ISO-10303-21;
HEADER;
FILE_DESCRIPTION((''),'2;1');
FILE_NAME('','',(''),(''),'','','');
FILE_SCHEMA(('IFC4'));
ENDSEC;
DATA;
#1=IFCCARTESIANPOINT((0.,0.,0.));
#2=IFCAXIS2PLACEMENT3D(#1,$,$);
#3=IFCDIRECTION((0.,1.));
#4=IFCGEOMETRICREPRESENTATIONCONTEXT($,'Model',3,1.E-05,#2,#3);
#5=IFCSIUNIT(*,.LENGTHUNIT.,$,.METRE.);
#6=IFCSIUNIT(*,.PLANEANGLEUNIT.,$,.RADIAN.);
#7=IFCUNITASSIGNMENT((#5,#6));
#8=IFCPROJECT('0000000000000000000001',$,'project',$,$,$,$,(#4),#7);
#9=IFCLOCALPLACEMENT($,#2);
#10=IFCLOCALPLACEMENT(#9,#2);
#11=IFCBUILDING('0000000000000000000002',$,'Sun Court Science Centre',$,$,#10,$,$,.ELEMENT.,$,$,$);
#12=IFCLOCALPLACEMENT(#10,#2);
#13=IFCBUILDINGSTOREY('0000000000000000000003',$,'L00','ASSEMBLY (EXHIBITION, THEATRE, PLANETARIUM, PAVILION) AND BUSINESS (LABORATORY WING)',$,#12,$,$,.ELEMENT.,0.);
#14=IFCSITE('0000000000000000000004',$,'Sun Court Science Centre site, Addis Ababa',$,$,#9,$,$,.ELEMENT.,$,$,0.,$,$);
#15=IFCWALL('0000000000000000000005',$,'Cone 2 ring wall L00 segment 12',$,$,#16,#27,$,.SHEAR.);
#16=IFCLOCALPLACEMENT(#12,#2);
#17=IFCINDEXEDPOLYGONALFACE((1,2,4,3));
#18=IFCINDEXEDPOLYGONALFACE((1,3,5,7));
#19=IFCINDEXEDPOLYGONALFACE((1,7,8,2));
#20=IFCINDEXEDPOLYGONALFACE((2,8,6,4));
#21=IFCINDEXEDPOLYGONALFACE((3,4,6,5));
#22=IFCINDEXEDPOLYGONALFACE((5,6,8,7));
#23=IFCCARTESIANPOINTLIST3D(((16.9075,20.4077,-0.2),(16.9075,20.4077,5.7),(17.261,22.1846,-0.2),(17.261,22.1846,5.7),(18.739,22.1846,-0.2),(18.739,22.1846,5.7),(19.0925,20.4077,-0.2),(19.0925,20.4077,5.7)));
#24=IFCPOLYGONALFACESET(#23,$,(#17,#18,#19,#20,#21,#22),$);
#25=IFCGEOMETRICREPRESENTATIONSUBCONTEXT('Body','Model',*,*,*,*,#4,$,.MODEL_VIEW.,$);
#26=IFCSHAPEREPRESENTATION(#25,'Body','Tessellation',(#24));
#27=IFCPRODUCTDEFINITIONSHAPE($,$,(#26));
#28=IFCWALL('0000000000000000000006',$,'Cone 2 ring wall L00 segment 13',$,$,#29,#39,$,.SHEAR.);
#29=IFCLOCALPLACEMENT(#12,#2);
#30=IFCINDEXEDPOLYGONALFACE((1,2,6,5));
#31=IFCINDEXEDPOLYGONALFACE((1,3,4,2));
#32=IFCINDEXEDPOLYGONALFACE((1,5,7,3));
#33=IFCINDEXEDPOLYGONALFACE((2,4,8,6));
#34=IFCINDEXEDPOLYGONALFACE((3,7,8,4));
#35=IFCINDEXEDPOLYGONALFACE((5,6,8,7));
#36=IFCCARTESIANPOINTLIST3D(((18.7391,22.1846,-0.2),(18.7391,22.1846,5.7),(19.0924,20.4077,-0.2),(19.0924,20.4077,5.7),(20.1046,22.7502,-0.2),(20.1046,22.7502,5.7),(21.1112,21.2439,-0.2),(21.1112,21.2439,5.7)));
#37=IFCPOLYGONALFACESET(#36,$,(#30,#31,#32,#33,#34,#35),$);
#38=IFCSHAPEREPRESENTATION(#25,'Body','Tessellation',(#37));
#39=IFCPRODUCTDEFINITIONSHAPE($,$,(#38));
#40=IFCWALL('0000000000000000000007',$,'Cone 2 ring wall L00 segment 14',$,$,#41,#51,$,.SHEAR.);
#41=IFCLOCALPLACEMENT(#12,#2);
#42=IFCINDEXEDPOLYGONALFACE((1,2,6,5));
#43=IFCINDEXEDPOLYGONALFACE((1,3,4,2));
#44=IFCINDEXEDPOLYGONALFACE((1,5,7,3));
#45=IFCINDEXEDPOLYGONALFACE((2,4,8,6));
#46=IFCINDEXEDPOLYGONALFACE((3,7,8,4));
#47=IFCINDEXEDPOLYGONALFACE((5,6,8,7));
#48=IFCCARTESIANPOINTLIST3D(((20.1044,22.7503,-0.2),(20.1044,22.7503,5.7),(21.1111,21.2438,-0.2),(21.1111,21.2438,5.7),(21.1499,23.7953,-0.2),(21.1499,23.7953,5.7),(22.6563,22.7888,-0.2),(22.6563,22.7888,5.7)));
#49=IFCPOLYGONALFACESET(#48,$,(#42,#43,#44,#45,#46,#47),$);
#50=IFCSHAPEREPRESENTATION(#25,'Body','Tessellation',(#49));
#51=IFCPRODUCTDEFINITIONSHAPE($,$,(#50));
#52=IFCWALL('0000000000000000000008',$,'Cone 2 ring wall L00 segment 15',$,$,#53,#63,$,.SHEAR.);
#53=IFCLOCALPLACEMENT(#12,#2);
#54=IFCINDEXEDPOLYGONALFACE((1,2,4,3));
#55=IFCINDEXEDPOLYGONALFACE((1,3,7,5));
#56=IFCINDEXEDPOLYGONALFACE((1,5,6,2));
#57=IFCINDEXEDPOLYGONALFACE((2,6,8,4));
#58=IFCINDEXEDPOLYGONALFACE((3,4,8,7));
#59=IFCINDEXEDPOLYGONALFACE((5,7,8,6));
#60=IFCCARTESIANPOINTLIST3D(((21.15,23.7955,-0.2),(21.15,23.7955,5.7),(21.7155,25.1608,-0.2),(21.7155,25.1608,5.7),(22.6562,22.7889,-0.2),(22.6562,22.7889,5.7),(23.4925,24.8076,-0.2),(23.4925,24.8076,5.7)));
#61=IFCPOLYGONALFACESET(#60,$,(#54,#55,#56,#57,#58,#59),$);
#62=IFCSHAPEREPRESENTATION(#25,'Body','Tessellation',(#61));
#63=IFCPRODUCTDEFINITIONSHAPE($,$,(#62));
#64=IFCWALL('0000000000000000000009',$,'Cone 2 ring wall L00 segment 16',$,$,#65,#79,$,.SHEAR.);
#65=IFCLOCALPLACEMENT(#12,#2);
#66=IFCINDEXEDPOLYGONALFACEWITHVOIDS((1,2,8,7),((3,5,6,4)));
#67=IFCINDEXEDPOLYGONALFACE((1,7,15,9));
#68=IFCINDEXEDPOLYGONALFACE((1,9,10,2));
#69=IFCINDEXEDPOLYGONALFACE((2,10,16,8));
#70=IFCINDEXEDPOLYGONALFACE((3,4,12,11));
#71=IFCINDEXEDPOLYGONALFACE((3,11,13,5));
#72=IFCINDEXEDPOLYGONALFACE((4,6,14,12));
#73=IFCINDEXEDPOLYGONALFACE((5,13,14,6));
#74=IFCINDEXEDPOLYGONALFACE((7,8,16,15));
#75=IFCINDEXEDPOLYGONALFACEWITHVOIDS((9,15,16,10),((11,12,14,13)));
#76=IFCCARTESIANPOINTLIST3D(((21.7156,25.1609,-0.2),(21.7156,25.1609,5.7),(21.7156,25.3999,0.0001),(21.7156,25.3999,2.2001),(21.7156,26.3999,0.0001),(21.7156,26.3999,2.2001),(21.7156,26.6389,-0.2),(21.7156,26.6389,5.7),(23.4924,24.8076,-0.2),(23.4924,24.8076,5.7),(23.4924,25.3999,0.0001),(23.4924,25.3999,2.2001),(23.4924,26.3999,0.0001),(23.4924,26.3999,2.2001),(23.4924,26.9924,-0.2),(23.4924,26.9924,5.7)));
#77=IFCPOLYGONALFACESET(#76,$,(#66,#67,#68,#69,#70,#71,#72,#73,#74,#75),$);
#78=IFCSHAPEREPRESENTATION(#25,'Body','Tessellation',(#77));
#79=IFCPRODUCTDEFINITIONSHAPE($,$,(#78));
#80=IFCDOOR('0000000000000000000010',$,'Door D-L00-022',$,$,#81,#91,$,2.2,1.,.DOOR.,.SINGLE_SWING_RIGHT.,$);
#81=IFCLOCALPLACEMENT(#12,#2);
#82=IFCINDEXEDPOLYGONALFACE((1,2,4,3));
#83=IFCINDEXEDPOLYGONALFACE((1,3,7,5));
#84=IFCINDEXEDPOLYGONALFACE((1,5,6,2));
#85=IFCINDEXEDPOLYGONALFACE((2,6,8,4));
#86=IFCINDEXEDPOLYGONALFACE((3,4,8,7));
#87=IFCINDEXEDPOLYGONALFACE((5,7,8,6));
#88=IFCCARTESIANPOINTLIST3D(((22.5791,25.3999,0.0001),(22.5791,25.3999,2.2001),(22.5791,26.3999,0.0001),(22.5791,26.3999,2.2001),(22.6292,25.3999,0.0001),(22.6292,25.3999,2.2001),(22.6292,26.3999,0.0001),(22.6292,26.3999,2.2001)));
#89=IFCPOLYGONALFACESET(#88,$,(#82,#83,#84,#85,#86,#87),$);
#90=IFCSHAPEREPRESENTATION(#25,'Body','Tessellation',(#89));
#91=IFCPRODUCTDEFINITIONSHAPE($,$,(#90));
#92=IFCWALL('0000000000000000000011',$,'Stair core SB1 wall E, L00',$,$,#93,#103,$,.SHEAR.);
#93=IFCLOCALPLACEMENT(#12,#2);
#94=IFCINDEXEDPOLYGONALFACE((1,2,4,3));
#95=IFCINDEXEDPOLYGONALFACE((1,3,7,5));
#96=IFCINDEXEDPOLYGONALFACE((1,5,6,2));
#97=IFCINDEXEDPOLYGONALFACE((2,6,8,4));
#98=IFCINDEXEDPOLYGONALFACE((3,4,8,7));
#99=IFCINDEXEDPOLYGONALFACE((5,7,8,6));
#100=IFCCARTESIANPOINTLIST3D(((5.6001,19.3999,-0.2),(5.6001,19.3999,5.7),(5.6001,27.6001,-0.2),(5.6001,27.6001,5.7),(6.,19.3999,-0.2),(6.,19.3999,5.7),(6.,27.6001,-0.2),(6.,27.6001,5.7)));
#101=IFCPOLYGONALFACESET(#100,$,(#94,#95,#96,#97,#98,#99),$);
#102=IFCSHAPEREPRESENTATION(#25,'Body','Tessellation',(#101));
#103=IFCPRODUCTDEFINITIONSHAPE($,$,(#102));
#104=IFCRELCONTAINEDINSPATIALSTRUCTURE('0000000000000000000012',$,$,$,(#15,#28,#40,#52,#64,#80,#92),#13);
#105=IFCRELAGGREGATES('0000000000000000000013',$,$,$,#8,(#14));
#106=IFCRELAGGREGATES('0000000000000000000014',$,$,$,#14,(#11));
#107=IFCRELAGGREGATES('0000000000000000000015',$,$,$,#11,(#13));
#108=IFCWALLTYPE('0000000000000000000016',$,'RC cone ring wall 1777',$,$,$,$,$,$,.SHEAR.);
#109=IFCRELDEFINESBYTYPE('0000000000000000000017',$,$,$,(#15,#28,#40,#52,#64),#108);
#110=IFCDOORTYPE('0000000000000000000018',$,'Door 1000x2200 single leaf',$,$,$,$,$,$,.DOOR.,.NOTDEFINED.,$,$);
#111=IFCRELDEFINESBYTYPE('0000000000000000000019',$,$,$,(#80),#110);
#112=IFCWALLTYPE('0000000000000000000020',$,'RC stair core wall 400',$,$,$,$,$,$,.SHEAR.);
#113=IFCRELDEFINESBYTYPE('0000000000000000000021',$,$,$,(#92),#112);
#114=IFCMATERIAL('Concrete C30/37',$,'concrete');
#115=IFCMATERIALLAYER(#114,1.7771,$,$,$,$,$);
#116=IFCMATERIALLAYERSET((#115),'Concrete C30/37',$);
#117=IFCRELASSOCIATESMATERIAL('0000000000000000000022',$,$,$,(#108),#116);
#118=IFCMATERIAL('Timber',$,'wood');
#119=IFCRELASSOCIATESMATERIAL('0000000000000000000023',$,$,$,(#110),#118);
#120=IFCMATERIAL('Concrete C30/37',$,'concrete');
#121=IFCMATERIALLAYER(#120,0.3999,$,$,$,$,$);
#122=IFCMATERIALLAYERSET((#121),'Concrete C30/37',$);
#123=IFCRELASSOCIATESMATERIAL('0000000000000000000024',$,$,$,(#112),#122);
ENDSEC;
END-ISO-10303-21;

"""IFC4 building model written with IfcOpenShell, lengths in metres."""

from ifc_helpers import new_model, si_unit, direction, frame, frame_2d, origin, place, context, subcontext, project, spatial, polyline, rectangle, outline, extrude, material, layer, layer_set, type_object, element, fill, save


model = new_model("IFC4")

# Units and contexts
model_context = context("Model", 3, precision=1e-05, world=origin(), true_north=direction((0.0, 1.0)))
body_context = subcontext(model_context, "Body", "Model", "MODEL_VIEW")
ifc_project = project(units=[si_unit("LENGTHUNIT", "METRE"), si_unit("PLANEANGLEUNIT", "RADIAN")], contexts=[model_context])

# Site, building, storey
site_placement = place(None, origin())
site = spatial("IfcSite", under=ifc_project, at=site_placement, Name="Sun Court Science Centre site, Addis Ababa", CompositionType="ELEMENT", RefElevation=0.0)
building_placement = place(site_placement, origin())
building = spatial("IfcBuilding", under=site, at=building_placement, Name="Sun Court Science Centre", CompositionType="ELEMENT")
storey_placement = place(building_placement, origin())
storey = spatial("IfcBuildingStorey", under=building, at=storey_placement, Name="L00", Description="ASSEMBLY (EXHIBITION, THEATRE, PLANETARIUM, PAVILION) AND BUSINESS (LABORATORY WING)", CompositionType="ELEMENT", Elevation=0.0)

# Walls
ifc_material_1 = material(Name="Concrete C30/37", Category="concrete")
ifc_layer_1 = layer(ifc_material_1, 1.7771)
ifc_layer_set_1 = layer_set([ifc_layer_1], Name="Concrete C30/37")
wall_type_1 = type_object("IfcWallType", Name="RC cone ring wall 1777", PredefinedType="SHEAR", material=ifc_layer_set_1)
for number, where, z_axis, x_axis, name in (
    (1, (16.9075, 21.2961, -0.2), (0.0, 0.0, 1.0), (1.0, 0.0, 0.0), "Cone 2 ring wall L00 segment 12"),
    (2, (18.7524, 21.2285, -0.2), (0.0, 0.0, 1.0), (0.923885, 0.382671, 0.0), "Cone 2 ring wall L00 segment 13"),
):
    element("IfcWall", number, at=place(storey_placement, frame(where, z_axis=z_axis, x_axis=x_axis)), inside=storey, type_object=wall_type_1, Name=name, PredefinedType="SHEAR", context=body_context, shape_type="SweptSolid", body=[
        extrude(outline(polyline([(0.0, -0.8884), (2.1851, -0.8884), (1.8315, 0.8884), (0.3535, 0.8884), (0.0, -0.8884)])), origin(), (0.0, 0.0, 1.0), 5.8999),
    ])
wall_1_placement = place(storey_placement, frame((20.4829, 21.8721, -0.2), z_axis=(0.0, 0.0, 1.0), x_axis=(0.707163, 0.707051, 0.0)))
element("IfcWall", 3, at=wall_1_placement, inside=storey, type_object=wall_type_1, Name="Cone 2 ring wall L00 segment 14", PredefinedType="SHEAR", context=body_context, shape_type="SweptSolid", body=[
    extrude(outline(polyline([(0.0, -0.8884), (2.1851, -0.8884), (1.8315, 0.8884), (0.3533, 0.8887), (0.0, -0.8884)])), origin(), (0.0, 0.0, 1.0), 5.8999),
])
wall_2_placement = place(storey_placement, frame((21.8354, 23.1289, -0.2), z_axis=(0.0, 0.0, 1.0), x_axis=(0.38271, 0.923868, 0.0)))
element("IfcWall", 4, at=wall_2_placement, inside=storey, type_object=wall_type_1, Name="Cone 2 ring wall L00 segment 15", PredefinedType="SHEAR", context=body_context, shape_type="SweptSolid", body=[
    extrude(outline(polyline([(0.0, -0.8884), (2.1851, -0.8884), (1.8313, 0.8884), (0.3535, 0.8884), (0.0, -0.8884)])), origin(), (0.0, 0.0, 1.0), 5.8999),
])

# Wall, opening, door
wall_3_placement = place(storey_placement, frame((22.604, 24.8074, -0.2), z_axis=(0.0, 0.0, 1.0), x_axis=(0.0, 1.0, 0.0)))
wall_3 = element("IfcWall", 5, at=wall_3_placement, inside=storey, type_object=wall_type_1, Name="Cone 2 ring wall L00 segment 16", PredefinedType="SHEAR", context=body_context, shape_type="SweptSolid", body=[
    extrude(outline(polyline([(0.0002, -0.8884), (2.1851, -0.8884), (1.8315, 0.8884), (0.3535, 0.8884), (0.0002, -0.8884)])), origin(), (0.0, 0.0, 1.0), 5.8999),
])
opening_1_placement = place(wall_3_placement, frame((0.5925, 0.0, 0.2)))
opening_1 = element("IfcOpeningElement", 6, at=opening_1_placement, cuts=wall_3, PredefinedType="OPENING", context=body_context, shape_type="SweptSolid", body=[
    extrude(rectangle(XDim=1.0, YDim=2.2, at=frame_2d((0.5, 1.1001))), frame((0.0, 0.8984, 0.0), z_axis=(0.0, -1.0, 0.0), x_axis=(1.0, 0.0, 0.0)), (0.0, 0.0, 1.0), 1.7969),
])
ifc_material_2 = material(Name="Timber", Category="wood")
door_type_1 = type_object("IfcDoorType", Name="Door 1000x2200 single leaf", OperationType="NOTDEFINED", PredefinedType="DOOR", material=ifc_material_2)
door_1_placement = place(opening_1_placement, origin())
door_1 = element("IfcDoor", 7, at=door_1_placement, inside=storey, type_object=door_type_1, Name="Door D-L00-022", OperationType="SINGLE_SWING_RIGHT", OverallHeight=2.2, OverallWidth=1.0, PredefinedType="DOOR", context=body_context, shape_type="SweptSolid", body=[
    extrude(rectangle(XDim=1.0, YDim=2.2, at=frame_2d((0.5, 1.1001))), frame((0.0, 0.0249, 0.0), z_axis=(0.0, -1.0, 0.0), x_axis=(1.0, 0.0, 0.0)), (0.0, 0.0, 1.0), 0.05),
])
fill(opening_1, door_1)

# Wall
ifc_material_3 = material(Name="Concrete C30/37", Category="concrete")
ifc_layer_2 = layer(ifc_material_3, 0.3999)
ifc_layer_set_2 = layer_set([ifc_layer_2], Name="Concrete C30/37")
wall_type_2 = type_object("IfcWallType", Name="RC stair core wall 400", PredefinedType="SHEAR", material=ifc_layer_set_2)
wall_4_placement = place(storey_placement, frame((5.8, 19.3999, -0.2), z_axis=(0.0, 0.0, 1.0), x_axis=(0.0, 1.0, 0.0)))
element("IfcWall", 8, at=wall_4_placement, inside=storey, type_object=wall_type_2, Name="Stair core SB1 wall E, L00", PredefinedType="SHEAR", context=body_context, shape_type="SweptSolid", body=[
    extrude(rectangle(XDim=8.2002, YDim=0.3999, at=frame_2d((4.1001, 0.0))), origin(), (0.0, 0.0, 1.0), 5.8999),
])

save(model, "model.ifc")
